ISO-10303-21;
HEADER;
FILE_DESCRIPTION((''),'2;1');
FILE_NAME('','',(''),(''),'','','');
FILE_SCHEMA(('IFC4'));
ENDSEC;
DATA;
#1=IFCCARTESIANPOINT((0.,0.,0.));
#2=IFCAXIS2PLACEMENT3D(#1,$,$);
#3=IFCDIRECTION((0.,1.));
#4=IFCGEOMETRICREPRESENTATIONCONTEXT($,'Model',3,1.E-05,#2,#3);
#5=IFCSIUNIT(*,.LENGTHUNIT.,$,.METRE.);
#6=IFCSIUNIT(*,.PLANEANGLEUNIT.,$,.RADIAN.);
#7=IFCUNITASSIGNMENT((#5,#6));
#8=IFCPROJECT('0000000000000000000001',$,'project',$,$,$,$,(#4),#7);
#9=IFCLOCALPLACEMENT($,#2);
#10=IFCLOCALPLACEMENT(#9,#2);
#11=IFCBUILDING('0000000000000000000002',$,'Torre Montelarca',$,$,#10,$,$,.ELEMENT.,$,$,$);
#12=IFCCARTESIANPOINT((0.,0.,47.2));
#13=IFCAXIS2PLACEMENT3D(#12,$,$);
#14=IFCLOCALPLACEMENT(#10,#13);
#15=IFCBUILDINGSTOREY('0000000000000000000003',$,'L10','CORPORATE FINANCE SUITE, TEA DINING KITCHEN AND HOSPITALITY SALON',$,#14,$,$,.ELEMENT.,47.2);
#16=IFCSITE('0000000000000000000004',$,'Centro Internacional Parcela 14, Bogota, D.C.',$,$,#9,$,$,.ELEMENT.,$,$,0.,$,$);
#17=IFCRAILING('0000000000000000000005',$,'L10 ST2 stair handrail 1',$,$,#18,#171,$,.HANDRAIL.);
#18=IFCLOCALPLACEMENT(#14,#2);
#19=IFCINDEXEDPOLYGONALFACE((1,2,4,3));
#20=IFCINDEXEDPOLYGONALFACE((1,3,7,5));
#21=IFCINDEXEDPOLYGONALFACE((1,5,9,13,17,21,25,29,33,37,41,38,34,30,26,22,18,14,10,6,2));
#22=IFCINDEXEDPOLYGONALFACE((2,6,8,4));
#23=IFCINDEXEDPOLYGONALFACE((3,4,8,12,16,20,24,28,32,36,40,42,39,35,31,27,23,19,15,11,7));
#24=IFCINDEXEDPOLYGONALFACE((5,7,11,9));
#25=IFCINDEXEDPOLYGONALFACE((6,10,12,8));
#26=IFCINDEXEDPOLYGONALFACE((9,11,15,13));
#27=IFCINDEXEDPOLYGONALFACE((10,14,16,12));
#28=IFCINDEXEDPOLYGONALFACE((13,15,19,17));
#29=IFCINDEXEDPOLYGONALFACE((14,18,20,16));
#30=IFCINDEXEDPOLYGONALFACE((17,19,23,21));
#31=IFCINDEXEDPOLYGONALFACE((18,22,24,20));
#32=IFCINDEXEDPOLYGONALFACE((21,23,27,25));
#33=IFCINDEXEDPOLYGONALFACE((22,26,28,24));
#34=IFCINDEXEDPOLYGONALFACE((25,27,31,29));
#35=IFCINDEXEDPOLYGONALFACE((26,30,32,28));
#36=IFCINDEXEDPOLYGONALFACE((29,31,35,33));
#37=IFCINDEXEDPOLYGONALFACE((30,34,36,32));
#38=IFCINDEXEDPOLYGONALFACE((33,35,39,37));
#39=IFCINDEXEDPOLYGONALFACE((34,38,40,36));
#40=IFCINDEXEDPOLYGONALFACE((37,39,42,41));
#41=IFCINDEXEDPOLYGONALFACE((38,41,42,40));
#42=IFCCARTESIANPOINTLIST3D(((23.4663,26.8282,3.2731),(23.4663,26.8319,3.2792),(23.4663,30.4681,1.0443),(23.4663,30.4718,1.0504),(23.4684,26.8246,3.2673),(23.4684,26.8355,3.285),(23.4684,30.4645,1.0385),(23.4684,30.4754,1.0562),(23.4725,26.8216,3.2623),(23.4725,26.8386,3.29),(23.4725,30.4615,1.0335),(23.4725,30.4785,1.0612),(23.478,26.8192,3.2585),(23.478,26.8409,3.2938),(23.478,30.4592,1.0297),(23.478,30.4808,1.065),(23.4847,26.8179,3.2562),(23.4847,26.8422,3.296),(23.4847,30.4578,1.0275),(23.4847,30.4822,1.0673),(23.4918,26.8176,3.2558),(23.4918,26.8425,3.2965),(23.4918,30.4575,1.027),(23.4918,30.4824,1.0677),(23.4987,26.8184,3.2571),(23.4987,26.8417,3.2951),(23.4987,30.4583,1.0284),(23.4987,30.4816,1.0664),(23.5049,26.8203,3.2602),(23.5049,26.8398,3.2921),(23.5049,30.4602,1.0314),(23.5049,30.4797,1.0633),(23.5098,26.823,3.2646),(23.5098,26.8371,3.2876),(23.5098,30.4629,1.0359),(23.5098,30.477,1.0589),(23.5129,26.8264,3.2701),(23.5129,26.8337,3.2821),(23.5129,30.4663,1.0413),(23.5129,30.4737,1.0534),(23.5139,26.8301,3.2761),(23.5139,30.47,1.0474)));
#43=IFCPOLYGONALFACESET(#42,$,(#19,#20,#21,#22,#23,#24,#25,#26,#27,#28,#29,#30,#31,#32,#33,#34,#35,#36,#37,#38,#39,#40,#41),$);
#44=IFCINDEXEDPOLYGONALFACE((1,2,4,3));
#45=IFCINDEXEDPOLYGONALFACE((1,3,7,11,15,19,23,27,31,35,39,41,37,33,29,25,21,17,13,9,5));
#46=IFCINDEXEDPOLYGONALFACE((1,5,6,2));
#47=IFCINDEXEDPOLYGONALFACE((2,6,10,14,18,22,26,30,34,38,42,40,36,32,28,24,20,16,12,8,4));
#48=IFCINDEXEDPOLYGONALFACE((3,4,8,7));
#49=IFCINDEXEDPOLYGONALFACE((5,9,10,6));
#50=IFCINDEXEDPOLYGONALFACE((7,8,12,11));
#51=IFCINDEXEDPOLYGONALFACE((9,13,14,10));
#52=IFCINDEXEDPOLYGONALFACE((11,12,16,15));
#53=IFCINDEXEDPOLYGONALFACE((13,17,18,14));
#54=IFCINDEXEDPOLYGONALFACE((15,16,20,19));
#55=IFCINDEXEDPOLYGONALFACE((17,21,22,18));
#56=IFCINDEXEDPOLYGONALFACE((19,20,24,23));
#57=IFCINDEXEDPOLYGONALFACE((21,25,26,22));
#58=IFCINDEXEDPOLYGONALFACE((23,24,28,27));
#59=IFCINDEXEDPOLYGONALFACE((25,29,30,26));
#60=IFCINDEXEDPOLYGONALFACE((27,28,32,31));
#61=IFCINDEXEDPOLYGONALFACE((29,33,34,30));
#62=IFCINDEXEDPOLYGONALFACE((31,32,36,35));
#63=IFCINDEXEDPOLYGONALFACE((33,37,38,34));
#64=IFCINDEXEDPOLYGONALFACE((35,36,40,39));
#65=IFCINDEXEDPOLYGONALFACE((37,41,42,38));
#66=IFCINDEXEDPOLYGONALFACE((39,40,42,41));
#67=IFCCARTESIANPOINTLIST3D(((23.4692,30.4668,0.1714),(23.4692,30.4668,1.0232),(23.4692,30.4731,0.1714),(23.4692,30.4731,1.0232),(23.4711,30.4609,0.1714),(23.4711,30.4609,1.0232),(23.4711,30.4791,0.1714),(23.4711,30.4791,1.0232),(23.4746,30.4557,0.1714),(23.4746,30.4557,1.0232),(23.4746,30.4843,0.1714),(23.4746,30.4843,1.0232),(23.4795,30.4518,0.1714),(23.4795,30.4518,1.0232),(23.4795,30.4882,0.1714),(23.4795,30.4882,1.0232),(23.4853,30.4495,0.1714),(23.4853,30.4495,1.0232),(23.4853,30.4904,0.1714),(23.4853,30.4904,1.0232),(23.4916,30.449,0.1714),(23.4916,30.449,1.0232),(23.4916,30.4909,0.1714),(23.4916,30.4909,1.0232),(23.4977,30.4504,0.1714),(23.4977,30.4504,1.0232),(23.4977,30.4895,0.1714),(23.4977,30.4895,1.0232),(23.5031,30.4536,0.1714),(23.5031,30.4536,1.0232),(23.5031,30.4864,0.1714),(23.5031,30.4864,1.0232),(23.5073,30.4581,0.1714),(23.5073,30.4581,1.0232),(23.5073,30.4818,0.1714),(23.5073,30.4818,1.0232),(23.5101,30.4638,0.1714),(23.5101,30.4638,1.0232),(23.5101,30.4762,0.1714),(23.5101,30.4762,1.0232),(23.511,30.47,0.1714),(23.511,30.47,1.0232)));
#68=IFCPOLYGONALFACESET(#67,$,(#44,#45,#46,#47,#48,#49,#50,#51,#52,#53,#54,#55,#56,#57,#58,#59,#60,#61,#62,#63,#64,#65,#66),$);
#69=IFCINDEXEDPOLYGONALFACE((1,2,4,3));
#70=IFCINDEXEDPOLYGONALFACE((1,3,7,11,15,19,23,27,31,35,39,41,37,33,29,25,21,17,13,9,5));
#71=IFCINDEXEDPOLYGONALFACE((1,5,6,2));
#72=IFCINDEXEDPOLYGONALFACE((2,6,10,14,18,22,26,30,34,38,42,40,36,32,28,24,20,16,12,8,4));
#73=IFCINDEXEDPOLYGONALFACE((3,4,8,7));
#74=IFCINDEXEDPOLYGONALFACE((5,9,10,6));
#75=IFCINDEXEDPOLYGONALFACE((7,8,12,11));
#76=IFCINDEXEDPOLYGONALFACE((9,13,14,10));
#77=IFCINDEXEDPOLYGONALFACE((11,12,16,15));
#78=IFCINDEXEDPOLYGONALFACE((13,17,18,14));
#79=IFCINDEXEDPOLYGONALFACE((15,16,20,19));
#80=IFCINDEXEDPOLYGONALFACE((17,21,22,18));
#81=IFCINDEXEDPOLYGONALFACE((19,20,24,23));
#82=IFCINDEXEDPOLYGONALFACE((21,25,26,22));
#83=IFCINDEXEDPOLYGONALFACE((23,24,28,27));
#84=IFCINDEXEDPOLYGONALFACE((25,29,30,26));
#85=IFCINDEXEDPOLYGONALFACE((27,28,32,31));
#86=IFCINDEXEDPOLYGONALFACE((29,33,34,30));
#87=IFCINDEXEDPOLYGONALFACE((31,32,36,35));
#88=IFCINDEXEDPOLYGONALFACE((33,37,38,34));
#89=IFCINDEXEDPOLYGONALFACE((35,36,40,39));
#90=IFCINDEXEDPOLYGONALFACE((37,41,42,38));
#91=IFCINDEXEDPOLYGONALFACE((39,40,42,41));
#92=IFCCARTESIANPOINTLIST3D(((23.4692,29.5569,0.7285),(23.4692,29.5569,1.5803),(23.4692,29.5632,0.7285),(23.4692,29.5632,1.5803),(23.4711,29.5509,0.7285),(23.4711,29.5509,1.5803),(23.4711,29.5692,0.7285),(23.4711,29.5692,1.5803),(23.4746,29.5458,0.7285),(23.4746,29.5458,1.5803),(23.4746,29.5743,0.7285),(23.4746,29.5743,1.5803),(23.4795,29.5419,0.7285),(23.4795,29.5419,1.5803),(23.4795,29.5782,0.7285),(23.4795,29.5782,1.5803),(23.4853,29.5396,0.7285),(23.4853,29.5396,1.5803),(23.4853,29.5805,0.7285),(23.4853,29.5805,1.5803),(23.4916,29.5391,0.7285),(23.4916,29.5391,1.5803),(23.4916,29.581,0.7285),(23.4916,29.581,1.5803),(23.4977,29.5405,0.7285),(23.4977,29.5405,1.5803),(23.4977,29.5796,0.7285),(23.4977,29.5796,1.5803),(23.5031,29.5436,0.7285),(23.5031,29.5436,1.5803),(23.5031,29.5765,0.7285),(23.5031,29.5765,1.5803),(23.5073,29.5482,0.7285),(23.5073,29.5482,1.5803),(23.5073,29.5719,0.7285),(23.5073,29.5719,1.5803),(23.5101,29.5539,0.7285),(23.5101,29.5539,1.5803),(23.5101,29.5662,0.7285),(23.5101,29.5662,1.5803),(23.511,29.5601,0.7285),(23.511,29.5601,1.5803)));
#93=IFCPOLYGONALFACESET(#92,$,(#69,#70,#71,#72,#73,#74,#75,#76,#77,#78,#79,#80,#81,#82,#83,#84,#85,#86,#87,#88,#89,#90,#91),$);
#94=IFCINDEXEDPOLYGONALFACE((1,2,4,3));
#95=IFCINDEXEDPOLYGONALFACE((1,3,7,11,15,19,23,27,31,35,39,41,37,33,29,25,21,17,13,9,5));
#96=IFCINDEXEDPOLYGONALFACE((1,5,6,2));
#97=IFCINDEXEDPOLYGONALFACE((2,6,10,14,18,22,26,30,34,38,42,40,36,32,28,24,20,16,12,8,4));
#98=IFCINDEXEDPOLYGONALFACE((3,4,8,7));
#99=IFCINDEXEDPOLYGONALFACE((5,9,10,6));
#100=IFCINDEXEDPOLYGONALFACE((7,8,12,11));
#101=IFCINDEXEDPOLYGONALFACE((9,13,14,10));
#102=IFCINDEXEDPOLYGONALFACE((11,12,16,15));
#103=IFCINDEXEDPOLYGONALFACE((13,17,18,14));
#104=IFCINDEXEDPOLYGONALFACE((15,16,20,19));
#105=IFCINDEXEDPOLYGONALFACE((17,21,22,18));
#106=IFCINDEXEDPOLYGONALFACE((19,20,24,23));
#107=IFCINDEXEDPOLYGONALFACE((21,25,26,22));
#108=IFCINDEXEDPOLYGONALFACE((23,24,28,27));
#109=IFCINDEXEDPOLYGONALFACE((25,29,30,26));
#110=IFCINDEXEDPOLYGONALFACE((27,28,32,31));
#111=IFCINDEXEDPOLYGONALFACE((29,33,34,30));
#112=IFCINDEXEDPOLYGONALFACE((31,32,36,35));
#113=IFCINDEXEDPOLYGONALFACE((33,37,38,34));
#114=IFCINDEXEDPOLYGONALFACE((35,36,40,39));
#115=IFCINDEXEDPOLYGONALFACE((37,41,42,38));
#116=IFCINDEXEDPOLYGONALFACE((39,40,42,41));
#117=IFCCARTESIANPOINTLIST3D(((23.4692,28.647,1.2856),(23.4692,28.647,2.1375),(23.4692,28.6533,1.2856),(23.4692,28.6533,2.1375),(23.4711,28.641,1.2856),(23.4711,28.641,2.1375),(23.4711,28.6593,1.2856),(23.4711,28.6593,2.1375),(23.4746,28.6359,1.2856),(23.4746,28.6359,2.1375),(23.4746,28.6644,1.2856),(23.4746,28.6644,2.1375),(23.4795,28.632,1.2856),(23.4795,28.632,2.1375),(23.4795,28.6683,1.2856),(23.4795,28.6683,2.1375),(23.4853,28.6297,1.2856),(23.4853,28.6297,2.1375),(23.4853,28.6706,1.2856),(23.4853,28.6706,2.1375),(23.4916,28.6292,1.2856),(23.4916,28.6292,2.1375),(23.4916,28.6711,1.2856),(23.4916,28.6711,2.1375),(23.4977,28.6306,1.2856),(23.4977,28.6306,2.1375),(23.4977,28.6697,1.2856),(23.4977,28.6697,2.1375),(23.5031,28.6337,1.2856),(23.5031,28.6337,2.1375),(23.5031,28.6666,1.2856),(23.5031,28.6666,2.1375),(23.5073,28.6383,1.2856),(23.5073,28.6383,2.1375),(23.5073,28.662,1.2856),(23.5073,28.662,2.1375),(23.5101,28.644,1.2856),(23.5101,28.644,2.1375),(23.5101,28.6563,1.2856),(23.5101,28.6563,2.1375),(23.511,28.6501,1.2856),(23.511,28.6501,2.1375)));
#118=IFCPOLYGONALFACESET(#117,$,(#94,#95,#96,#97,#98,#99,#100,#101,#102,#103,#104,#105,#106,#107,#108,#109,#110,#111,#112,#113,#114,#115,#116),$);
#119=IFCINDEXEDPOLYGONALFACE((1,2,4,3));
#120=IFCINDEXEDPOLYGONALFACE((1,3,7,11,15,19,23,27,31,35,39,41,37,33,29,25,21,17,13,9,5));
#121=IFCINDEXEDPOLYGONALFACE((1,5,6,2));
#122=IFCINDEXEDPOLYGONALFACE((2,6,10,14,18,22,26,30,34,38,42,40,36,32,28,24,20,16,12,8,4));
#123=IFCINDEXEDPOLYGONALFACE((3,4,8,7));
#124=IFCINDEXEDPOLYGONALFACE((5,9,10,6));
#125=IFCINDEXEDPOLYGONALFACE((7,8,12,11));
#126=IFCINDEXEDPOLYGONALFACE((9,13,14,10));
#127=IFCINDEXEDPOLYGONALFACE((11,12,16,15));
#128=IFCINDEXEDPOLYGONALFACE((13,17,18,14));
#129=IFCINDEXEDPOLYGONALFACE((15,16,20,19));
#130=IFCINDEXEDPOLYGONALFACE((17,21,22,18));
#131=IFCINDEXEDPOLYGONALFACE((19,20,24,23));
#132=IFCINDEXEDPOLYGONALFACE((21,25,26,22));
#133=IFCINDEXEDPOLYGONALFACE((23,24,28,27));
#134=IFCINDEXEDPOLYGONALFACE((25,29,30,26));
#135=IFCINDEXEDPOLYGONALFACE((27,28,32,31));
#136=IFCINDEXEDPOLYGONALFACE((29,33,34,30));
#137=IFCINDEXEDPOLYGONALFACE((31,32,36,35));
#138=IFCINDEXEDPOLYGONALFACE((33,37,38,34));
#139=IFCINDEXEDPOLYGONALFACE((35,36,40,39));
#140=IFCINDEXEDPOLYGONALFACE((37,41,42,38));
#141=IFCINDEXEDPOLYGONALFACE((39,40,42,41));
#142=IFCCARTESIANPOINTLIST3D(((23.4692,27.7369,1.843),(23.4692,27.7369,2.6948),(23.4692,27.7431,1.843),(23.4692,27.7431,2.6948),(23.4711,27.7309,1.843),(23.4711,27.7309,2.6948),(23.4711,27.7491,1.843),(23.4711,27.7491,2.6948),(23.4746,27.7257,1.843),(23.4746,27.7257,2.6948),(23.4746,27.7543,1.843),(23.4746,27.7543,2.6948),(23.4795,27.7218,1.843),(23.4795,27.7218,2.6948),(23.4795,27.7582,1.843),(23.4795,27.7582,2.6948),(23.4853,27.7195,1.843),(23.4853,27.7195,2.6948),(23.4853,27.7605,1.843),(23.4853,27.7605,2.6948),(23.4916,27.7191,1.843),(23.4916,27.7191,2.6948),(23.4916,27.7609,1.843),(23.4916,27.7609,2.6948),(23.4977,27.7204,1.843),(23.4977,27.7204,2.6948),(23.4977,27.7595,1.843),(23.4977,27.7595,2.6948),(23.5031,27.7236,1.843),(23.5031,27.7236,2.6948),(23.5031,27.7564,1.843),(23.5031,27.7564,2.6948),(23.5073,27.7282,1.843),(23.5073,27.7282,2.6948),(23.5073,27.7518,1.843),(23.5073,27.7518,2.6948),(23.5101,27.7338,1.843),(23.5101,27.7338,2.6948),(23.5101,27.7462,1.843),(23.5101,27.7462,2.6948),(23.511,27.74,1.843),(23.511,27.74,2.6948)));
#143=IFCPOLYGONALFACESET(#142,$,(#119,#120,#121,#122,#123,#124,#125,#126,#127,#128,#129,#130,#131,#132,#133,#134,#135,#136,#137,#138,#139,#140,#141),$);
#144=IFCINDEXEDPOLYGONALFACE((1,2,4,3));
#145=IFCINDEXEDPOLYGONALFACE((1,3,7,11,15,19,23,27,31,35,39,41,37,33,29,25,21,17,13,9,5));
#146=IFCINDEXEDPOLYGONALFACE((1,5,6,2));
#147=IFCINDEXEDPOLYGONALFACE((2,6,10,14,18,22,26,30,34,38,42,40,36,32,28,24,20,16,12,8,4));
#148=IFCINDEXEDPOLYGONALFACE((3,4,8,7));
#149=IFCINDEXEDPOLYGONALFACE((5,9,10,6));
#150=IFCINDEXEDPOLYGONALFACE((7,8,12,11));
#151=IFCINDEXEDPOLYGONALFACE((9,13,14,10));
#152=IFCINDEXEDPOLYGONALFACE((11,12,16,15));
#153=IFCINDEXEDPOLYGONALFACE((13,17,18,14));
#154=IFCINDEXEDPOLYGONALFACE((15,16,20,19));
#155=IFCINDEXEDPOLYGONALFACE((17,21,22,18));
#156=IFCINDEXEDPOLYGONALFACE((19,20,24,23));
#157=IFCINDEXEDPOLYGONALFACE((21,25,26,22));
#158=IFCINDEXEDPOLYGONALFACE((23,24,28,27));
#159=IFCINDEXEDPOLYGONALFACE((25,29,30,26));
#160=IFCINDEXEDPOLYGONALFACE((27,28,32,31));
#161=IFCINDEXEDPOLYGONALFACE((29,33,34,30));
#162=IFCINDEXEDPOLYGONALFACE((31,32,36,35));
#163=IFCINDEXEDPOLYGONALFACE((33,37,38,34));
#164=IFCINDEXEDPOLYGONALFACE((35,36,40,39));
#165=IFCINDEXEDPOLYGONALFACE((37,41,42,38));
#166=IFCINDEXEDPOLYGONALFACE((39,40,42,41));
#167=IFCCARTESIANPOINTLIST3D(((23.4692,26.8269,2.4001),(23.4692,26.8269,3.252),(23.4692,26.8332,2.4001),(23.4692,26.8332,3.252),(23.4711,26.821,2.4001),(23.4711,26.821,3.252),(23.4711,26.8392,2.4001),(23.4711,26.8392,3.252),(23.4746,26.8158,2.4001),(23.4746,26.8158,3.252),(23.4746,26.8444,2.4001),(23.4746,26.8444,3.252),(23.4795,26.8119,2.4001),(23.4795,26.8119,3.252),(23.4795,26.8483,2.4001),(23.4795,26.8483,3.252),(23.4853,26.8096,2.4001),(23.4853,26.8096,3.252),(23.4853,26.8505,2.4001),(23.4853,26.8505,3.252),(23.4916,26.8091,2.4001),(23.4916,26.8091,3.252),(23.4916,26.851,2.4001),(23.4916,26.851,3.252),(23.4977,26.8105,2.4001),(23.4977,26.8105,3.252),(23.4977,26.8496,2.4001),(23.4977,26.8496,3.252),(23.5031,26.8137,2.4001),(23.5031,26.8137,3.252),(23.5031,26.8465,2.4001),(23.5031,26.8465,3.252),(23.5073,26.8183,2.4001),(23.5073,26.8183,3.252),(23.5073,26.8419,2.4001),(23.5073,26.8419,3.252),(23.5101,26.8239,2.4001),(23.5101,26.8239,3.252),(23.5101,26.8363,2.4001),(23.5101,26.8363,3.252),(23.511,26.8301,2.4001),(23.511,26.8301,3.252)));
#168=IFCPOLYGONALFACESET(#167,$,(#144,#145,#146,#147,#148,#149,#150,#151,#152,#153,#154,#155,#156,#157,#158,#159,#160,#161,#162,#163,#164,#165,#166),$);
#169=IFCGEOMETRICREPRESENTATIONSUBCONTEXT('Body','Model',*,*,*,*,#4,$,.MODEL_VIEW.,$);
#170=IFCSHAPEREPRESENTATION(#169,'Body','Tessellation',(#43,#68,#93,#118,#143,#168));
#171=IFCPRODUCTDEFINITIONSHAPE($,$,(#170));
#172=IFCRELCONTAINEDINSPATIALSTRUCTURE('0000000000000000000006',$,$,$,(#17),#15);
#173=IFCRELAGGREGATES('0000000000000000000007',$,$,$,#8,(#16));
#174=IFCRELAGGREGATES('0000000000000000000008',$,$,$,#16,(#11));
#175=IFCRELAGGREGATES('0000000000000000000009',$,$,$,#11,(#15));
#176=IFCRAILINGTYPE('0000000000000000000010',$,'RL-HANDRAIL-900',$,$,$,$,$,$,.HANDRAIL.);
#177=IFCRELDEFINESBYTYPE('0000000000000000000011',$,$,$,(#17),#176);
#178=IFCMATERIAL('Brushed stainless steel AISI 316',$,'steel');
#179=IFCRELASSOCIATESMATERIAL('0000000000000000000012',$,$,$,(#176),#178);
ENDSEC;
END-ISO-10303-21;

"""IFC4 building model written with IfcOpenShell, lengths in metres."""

from ifc_helpers import new_model, si_unit, direction, frame, origin, origin_2d, place, context, subcontext, project, spatial, circle, extrude, material, type_object, element, save


model = new_model("IFC4")

# Units and contexts
model_context = context("Model", 3, precision=1e-05, world=origin(), true_north=direction((0.0, 1.0)))
body_context = subcontext(model_context, "Body", "Model", "MODEL_VIEW")
ifc_project = project(units=[si_unit("LENGTHUNIT", "METRE"), si_unit("PLANEANGLEUNIT", "RADIAN")], contexts=[model_context])

# Site, building, storey
site_placement = place(None, origin())
site = spatial("IfcSite", under=ifc_project, at=site_placement, Name="Centro Internacional Parcela 14, Bogota, D.C.", CompositionType="ELEMENT", RefElevation=0.0)
building_placement = place(site_placement, origin())
building = spatial("IfcBuilding", under=site, at=building_placement, Name="Torre Montelarca", CompositionType="ELEMENT")
storey_placement = place(building_placement, frame((0.0, 0.0, 47.2)))
storey = spatial("IfcBuildingStorey", under=building, at=storey_placement, Name="L10", Description="CORPORATE FINANCE SUITE, TEA DINING KITCHEN AND HOSPITALITY SALON", CompositionType="ELEMENT", Elevation=47.2)

# Railing
ifc_material_1 = material(Name="Brushed stainless steel AISI 316", Category="steel")
railing_type_1 = type_object("IfcRailingType", Name="RL-HANDRAIL-900", PredefinedType="HANDRAIL", material=ifc_material_1)
railing_1_placement = place(storey_placement, frame((23.49, 30.47, 0.1714)))
element("IfcRailing", 1, at=railing_1_placement, inside=storey, type_object=railing_type_1, Name="L10 ST2 stair handrail 1", PredefinedType="HANDRAIL", context=body_context, shape_type="SweptSolid", body=[
    extrude(circle(Radius=0.0239, at=origin_2d()), frame((0.0, 0.0, 0.876), z_axis=(0.0, -0.852825, 0.522197), x_axis=(1.0, 0.0, 0.0)), (0.0, 0.0, 1.0), 4.2681),
    extrude(circle(Radius=0.021, at=origin_2d()), origin(), (0.0, 0.0, 1.0), 0.8518),
    extrude(circle(Radius=0.021, at=origin_2d()), frame((0.0, -0.9099, 0.5571)), (0.0, 0.0, 1.0), 0.8518),
    extrude(circle(Radius=0.021, at=origin_2d()), frame((0.0, -1.8198, 1.1143)), (0.0, 0.0, 1.0), 0.8518),
    extrude(circle(Radius=0.021, at=origin_2d()), frame((0.0, -2.73, 1.6716)), (0.0, 0.0, 1.0), 0.8518),
    extrude(circle(Radius=0.021, at=origin_2d()), frame((0.0, -3.6399, 2.2288)), (0.0, 0.0, 1.0), 0.8518),
])

save(model, "model.ifc")
